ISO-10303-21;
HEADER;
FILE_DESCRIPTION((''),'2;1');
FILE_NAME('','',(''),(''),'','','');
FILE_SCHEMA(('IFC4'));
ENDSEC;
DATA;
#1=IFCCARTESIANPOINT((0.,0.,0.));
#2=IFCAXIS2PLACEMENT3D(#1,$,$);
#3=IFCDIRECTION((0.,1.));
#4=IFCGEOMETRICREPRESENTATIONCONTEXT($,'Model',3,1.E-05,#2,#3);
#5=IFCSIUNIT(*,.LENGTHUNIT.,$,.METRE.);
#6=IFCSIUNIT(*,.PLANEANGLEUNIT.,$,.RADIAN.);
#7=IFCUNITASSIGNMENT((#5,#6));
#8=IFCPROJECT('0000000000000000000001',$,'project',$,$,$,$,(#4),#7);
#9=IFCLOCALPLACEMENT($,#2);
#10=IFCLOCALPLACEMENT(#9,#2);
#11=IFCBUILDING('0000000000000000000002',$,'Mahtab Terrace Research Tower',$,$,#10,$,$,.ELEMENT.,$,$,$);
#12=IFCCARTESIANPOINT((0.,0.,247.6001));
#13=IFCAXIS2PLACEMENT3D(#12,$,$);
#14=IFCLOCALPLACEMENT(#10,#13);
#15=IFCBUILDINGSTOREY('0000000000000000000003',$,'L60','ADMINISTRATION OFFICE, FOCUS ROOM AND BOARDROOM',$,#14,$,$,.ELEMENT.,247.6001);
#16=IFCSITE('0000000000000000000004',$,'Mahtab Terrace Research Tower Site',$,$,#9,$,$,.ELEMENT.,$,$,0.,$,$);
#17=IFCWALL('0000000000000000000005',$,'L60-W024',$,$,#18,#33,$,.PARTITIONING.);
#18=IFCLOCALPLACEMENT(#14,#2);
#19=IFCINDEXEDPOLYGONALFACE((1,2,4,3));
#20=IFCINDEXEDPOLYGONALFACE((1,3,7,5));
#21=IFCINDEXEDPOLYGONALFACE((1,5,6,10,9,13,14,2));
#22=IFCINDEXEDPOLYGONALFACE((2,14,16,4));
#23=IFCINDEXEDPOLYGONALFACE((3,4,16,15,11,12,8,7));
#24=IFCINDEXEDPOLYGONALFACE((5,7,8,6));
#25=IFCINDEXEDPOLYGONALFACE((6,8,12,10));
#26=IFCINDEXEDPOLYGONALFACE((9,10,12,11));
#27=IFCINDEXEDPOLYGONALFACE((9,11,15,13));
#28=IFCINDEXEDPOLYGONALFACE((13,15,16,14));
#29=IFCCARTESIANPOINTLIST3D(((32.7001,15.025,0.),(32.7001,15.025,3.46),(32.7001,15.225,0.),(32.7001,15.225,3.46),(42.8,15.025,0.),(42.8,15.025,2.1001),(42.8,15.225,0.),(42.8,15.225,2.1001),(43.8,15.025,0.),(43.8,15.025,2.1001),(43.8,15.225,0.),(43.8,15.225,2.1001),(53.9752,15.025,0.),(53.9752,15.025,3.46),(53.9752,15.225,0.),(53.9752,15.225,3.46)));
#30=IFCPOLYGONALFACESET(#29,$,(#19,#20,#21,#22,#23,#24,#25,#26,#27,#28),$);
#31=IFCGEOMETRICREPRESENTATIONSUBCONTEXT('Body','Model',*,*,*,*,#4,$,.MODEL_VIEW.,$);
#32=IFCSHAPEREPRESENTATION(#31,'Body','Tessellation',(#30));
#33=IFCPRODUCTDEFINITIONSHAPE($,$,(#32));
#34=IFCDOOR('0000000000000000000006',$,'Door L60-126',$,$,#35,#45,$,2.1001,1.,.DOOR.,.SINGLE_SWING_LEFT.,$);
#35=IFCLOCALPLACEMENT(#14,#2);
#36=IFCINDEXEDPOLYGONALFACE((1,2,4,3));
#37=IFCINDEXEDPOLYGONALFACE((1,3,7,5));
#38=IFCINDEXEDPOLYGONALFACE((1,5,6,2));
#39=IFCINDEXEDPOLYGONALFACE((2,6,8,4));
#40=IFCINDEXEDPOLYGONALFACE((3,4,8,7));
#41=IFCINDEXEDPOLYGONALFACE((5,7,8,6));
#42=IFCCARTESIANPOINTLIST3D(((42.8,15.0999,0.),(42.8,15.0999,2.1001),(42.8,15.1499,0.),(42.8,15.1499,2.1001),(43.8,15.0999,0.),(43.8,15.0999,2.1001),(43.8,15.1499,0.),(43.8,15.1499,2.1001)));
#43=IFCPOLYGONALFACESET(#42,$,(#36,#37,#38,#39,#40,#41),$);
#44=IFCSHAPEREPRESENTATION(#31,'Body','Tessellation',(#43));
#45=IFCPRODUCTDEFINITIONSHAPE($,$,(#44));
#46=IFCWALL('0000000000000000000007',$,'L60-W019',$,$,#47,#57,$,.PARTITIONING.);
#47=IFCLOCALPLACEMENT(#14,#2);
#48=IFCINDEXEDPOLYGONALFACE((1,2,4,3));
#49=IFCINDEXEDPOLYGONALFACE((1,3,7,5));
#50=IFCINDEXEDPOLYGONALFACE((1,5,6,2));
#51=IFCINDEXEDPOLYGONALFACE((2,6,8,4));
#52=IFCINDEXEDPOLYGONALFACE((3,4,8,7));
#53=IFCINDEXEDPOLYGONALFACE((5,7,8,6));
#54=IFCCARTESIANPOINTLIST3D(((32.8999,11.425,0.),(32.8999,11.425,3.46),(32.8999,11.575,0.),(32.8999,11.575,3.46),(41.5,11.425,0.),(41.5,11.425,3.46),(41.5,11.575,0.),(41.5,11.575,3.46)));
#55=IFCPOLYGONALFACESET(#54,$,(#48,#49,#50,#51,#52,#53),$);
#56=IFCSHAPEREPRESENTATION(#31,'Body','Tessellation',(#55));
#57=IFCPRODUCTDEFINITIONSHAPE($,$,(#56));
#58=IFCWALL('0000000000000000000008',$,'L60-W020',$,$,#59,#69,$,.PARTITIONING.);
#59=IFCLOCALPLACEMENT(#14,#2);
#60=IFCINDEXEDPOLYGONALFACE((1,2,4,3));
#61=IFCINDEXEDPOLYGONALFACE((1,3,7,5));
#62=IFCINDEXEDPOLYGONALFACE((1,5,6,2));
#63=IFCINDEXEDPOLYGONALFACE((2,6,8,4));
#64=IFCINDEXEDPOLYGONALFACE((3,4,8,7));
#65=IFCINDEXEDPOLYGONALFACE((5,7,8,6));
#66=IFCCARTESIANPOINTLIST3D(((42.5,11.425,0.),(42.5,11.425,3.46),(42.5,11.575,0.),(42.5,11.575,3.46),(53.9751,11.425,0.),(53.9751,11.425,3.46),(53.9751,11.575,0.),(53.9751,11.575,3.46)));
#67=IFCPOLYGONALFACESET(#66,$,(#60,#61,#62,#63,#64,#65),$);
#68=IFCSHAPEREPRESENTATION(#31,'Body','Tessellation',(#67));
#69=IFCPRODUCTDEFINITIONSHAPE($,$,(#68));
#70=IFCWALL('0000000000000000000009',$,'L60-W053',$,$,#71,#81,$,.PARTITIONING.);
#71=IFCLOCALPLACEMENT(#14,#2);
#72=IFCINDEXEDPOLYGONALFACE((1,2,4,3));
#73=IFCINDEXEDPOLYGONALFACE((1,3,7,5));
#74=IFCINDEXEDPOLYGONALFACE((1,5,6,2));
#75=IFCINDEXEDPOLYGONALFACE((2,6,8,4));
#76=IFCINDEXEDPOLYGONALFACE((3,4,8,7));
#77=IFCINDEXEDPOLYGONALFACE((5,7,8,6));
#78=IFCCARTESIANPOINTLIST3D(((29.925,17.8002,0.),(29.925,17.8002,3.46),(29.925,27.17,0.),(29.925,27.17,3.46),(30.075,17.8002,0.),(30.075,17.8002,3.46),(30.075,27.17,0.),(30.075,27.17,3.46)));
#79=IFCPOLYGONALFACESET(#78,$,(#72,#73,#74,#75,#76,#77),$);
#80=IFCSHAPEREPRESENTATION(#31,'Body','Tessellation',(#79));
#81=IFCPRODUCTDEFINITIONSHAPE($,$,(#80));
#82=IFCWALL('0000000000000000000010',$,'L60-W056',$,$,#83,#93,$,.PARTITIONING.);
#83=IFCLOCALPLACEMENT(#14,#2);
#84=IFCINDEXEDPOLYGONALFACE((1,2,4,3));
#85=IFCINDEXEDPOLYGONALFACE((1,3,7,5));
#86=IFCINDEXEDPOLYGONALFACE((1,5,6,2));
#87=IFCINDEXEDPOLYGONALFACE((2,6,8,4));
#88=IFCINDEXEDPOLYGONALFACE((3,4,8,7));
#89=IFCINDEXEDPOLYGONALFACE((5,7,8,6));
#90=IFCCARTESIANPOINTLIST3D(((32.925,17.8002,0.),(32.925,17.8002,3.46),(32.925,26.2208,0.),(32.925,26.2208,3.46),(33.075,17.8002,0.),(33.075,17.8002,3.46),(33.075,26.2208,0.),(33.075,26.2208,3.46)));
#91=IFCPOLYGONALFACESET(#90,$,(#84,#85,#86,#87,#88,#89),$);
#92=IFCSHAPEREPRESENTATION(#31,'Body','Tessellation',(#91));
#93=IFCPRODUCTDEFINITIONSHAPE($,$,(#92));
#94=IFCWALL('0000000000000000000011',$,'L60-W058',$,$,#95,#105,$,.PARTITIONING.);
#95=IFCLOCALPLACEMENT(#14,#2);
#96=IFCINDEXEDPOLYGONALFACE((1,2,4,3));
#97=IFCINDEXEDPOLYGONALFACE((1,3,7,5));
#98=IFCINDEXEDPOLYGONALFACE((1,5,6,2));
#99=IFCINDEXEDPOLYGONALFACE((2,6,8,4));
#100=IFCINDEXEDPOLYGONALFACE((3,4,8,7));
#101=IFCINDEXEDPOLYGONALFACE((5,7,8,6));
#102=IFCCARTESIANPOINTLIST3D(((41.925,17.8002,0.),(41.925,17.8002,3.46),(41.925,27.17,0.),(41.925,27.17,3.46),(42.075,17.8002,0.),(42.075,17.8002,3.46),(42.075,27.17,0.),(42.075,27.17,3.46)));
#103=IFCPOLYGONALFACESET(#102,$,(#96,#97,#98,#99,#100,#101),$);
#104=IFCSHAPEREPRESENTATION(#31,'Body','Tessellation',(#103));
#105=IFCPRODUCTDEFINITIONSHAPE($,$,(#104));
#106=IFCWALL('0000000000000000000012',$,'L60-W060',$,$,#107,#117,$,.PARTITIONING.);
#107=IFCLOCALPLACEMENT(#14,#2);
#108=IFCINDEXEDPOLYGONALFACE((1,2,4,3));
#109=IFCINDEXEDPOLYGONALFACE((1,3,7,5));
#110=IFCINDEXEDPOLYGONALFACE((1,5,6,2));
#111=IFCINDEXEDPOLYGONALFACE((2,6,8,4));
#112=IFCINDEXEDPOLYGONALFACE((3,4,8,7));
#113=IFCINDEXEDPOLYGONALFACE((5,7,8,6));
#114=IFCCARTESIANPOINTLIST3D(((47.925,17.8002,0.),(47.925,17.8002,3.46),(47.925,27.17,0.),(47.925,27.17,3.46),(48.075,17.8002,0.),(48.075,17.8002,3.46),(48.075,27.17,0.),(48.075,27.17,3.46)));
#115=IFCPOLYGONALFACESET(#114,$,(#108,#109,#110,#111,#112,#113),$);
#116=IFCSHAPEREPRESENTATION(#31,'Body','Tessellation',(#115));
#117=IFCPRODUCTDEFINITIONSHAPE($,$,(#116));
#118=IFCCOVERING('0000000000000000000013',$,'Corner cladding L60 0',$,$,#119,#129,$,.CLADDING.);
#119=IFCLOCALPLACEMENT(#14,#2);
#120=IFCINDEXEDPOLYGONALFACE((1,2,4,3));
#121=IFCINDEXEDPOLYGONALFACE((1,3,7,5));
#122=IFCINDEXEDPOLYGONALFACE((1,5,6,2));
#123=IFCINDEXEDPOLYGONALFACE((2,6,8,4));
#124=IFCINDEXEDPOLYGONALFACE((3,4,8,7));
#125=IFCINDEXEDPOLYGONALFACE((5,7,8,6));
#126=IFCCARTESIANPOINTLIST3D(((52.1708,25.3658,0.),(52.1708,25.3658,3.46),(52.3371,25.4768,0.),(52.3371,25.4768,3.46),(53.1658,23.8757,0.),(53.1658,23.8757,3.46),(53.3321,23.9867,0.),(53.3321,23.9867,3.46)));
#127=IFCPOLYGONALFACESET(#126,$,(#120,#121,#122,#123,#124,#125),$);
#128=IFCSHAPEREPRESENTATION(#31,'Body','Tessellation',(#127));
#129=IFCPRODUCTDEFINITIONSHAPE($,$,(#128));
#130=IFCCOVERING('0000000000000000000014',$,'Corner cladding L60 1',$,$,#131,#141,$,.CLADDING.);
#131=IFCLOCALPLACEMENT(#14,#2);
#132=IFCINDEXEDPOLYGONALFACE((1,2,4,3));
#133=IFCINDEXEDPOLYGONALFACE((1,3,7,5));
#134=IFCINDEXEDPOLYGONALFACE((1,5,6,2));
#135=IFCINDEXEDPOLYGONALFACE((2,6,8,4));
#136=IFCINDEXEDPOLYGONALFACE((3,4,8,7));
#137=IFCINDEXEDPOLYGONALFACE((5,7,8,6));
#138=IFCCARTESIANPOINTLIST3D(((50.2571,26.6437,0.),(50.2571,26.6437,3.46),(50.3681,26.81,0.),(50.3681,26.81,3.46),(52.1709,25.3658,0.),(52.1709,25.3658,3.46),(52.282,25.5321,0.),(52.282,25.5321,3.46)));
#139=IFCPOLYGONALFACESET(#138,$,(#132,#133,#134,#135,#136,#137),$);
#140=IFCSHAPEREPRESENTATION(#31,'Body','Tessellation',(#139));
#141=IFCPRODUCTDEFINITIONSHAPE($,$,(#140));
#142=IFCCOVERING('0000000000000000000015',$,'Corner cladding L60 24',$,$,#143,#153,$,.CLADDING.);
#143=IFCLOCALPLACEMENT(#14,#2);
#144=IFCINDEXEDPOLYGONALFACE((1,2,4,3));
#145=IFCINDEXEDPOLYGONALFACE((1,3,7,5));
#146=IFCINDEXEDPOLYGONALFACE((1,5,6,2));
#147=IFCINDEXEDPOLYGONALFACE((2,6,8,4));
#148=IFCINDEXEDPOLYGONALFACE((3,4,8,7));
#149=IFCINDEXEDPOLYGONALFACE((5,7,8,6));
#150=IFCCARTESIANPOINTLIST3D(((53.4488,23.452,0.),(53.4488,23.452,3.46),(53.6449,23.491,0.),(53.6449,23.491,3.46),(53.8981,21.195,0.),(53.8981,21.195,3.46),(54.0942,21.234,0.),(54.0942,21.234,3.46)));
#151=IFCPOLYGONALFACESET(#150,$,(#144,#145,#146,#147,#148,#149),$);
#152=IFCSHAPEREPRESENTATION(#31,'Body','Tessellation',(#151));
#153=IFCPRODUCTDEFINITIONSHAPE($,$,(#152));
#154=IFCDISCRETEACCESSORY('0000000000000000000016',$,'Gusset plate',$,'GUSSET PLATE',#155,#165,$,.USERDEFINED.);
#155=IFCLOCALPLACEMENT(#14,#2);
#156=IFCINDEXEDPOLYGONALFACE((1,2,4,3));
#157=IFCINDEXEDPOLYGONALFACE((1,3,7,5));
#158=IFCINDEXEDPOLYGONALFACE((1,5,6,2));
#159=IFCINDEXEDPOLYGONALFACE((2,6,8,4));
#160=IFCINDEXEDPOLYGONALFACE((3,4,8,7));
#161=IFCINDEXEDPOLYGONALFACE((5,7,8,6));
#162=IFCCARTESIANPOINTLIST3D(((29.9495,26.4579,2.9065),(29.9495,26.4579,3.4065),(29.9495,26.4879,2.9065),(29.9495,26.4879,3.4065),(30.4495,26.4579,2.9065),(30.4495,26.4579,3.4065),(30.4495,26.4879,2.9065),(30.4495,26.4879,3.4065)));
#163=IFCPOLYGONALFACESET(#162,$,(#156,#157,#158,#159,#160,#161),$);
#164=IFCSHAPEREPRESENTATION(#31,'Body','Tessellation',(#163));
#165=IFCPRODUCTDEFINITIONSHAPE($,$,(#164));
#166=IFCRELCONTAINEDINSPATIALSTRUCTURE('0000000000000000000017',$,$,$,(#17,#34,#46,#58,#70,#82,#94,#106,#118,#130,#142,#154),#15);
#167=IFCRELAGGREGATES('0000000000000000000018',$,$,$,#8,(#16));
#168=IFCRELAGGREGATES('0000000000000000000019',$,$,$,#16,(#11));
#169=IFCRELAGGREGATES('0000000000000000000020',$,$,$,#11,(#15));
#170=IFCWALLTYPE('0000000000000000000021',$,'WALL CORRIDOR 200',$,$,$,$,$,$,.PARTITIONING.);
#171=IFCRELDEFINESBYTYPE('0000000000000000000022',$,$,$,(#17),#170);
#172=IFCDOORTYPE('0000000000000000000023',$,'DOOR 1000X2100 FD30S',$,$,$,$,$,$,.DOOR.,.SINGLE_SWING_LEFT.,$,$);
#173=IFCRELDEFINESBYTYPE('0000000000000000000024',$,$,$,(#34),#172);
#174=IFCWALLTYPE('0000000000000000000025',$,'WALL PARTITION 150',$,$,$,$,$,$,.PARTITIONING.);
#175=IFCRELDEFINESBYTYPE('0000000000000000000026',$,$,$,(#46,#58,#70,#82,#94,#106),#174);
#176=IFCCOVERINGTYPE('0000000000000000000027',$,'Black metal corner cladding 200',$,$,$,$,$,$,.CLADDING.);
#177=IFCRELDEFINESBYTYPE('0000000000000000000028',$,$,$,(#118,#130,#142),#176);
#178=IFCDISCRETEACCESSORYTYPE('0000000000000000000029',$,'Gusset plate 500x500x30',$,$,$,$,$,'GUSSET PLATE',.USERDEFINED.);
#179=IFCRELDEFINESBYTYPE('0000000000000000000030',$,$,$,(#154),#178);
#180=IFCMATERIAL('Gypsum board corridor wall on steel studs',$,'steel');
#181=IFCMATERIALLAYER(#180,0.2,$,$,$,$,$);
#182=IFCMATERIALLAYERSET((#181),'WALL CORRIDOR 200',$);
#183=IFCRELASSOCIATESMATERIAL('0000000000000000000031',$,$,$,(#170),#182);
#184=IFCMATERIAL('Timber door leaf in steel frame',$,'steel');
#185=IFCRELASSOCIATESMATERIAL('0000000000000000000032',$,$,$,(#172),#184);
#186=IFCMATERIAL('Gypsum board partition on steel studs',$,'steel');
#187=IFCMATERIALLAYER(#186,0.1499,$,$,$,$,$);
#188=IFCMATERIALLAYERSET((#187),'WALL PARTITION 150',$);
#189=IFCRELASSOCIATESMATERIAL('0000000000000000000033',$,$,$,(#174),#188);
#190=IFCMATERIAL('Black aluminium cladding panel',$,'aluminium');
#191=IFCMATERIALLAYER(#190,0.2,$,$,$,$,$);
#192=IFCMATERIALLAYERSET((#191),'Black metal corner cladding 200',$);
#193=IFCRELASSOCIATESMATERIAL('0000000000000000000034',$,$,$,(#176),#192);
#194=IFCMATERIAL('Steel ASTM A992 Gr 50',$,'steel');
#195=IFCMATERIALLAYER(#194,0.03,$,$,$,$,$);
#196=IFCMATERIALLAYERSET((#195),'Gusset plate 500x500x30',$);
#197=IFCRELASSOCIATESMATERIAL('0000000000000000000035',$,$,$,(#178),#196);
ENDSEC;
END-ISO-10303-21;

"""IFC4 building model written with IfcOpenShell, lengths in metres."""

from ifc_helpers import new_model, si_unit, direction, frame, frame_2d, origin, origin_2d, place, context, subcontext, project, spatial, rectangle, extrude, material, layer, layer_set, type_object, element, fill, save


model = new_model("IFC4")

# Units and contexts
model_context = context("Model", 3, precision=1e-05, world=origin(), true_north=direction((0.0, 1.0)))
body_context = subcontext(model_context, "Body", "Model", "MODEL_VIEW")
ifc_project = project(units=[si_unit("LENGTHUNIT", "METRE"), si_unit("PLANEANGLEUNIT", "RADIAN")], contexts=[model_context])

# Site, building, storey
site_placement = place(None, origin())
site = spatial("IfcSite", under=ifc_project, at=site_placement, Name="Mahtab Terrace Research Tower Site", CompositionType="ELEMENT", RefElevation=0.0)
building_placement = place(site_placement, origin())
building = spatial("IfcBuilding", under=site, at=building_placement, Name="Mahtab Terrace Research Tower", CompositionType="ELEMENT")
storey_placement = place(building_placement, frame((0.0, 0.0, 247.6001)))
storey = spatial("IfcBuildingStorey", under=building, at=storey_placement, Name="L60", Description="ADMINISTRATION OFFICE, FOCUS ROOM AND BOARDROOM", CompositionType="ELEMENT", Elevation=247.6001)

# Shared definitions
ifc_material_1 = material(Name="Steel ASTM A992 Gr 50", Category="steel")

# Wall, opening, door
ifc_material_2 = material(Name="Gypsum board corridor wall on steel studs", Category="steel")
ifc_layer_1 = layer(ifc_material_2, 0.2)
ifc_layer_set_1 = layer_set([ifc_layer_1], Name="WALL CORRIDOR 200")
wall_type_1 = type_object("IfcWallType", Name="WALL CORRIDOR 200", PredefinedType="PARTITIONING", material=ifc_layer_set_1)
wall_1_placement = place(storey_placement, frame((32.7, 15.125, 0.0), z_axis=(0.0, 0.0, 1.0), x_axis=(1.0, 0.0, 0.0)))
wall_1 = element("IfcWall", 1, at=wall_1_placement, inside=storey, type_object=wall_type_1, Name="L60-W024", PredefinedType="PARTITIONING", context=body_context, shape_type="SweptSolid", body=[
    extrude(rectangle(XDim=21.2751, YDim=0.2, at=frame_2d((10.6377, 0.0))), origin(), (0.0, 0.0, 1.0), 3.46),
])
opening_placement = place(wall_1_placement, frame((10.1001, 0.0, 0.0)))
opening = element("IfcOpeningElement", 2, at=opening_placement, cuts=wall_1, PredefinedType="OPENING", context=body_context, shape_type="SweptSolid", body=[
    extrude(rectangle(XDim=1.0, YDim=2.1001, at=frame_2d((0.5, 1.05))), frame((0.0, 0.1099, 0.0), z_axis=(0.0, -1.0, 0.0), x_axis=(1.0, 0.0, 0.0)), (0.0, 0.0, 1.0), 0.22),
])
ifc_material_3 = material(Name="Timber door leaf in steel frame", Category="steel")
door_type = type_object("IfcDoorType", Name="DOOR 1000X2100 FD30S", OperationType="SINGLE_SWING_LEFT", PredefinedType="DOOR", material=ifc_material_3)
door_placement = place(opening_placement, origin())
door = element("IfcDoor", 3, at=door_placement, inside=storey, type_object=door_type, Name="Door L60-126", OperationType="SINGLE_SWING_LEFT", OverallHeight=2.1001, OverallWidth=1.0, PredefinedType="DOOR", context=body_context, shape_type="SweptSolid", body=[
    extrude(rectangle(XDim=1.0, YDim=2.1001, at=frame_2d((0.5, 1.05))), frame((0.0, 0.0249, 0.0), z_axis=(0.0, -1.0, 0.0), x_axis=(1.0, 0.0, 0.0)), (0.0, 0.0, 1.0), 0.05),
])
fill(opening, door)

# Walls
ifc_material_4 = material(Name="Gypsum board partition on steel studs", Category="steel")
ifc_layer_2 = layer(ifc_material_4, 0.1499)
ifc_layer_set_2 = layer_set([ifc_layer_2], Name="WALL PARTITION 150")
wall_type_2 = type_object("IfcWallType", Name="WALL PARTITION 150", PredefinedType="PARTITIONING", material=ifc_layer_set_2)
wall_2_placement = place(storey_placement, frame((32.8999, 11.5, 0.0), z_axis=(0.0, 0.0, 1.0), x_axis=(1.0, 0.0, 0.0)))
element("IfcWall", 4, at=wall_2_placement, inside=storey, type_object=wall_type_2, Name="L60-W019", PredefinedType="PARTITIONING", context=body_context, shape_type="SweptSolid", body=[
    extrude(rectangle(XDim=8.6001, YDim=0.1499, at=frame_2d((4.3, 0.0))), origin(), (0.0, 0.0, 1.0), 3.46),
])
wall_3_placement = place(storey_placement, frame((42.5, 11.5, 0.0), z_axis=(0.0, 0.0, 1.0), x_axis=(1.0, 0.0, 0.0)))
element("IfcWall", 5, at=wall_3_placement, inside=storey, type_object=wall_type_2, Name="L60-W020", PredefinedType="PARTITIONING", context=body_context, shape_type="SweptSolid", body=[
    extrude(rectangle(XDim=11.4751, YDim=0.1499, at=frame_2d((5.7375, 0.0))), origin(), (0.0, 0.0, 1.0), 3.46),
])
wall_4_placement = place(storey_placement, frame((30.0, 17.8, 0.0), z_axis=(0.0, 0.0, 1.0), x_axis=(0.0, 1.0, 0.0)))
element("IfcWall", 6, at=wall_4_placement, inside=storey, type_object=wall_type_2, Name="L60-W053", PredefinedType="PARTITIONING", context=body_context, shape_type="SweptSolid", body=[
    extrude(rectangle(XDim=9.3699, YDim=0.1499, at=frame_2d((4.6851, 0.0))), origin(), (0.0, 0.0, 1.0), 3.46),
])
wall_5_placement = place(storey_placement, frame((33.0, 17.8, 0.0), z_axis=(0.0, 0.0, 1.0), x_axis=(0.0, 1.0, 0.0)))
element("IfcWall", 7, at=wall_5_placement, inside=storey, type_object=wall_type_2, Name="L60-W056", PredefinedType="PARTITIONING", context=body_context, shape_type="SweptSolid", body=[
    extrude(rectangle(XDim=8.4207, YDim=0.1499, at=frame_2d((4.2104, 0.0))), origin(), (0.0, 0.0, 1.0), 3.46),
])
for number, where, z_axis, x_axis, name in (
    (8, (42.0, 17.8, 0.0), (0.0, 0.0, 1.0), (0.0, 1.0, 0.0), "L60-W058"),
    (9, (48.0, 17.8, 0.0), (0.0, 0.0, 1.0), (0.0, 1.0, 0.0), "L60-W060"),
):
    element("IfcWall", number, at=place(storey_placement, frame(where, z_axis=z_axis, x_axis=x_axis)), inside=storey, type_object=wall_type_2, Name=name, PredefinedType="PARTITIONING", context=body_context, shape_type="SweptSolid", body=[
        extrude(rectangle(XDim=9.3699, YDim=0.1499, at=frame_2d((4.6851, 0.0))), origin(), (0.0, 0.0, 1.0), 3.46),
    ])

# Coverings
ifc_material_5 = material(Name="Black aluminium cladding panel", Category="aluminium")
ifc_layer_3 = layer(ifc_material_5, 0.2)
ifc_layer_set_3 = layer_set([ifc_layer_3], Name="Black metal corner cladding 200")
covering_type = type_object("IfcCoveringType", Name="Black metal corner cladding 200", PredefinedType="CLADDING", material=ifc_layer_set_3)
covering_placement = place(storey_placement, frame((52.7515, 24.6763, 0.0), z_axis=(0.0, 0.0, 1.0), x_axis=(-0.555291, 0.831656, 0.0)))
element("IfcCovering", 10, at=covering_placement, inside=storey, type_object=covering_type, Name="Corner cladding L60 0", PredefinedType="CLADDING", context=body_context, shape_type="SweptSolid", body=[
    extrude(rectangle(XDim=1.7917, YDim=0.2, at=origin_2d()), origin(), (0.0, 0.0, 1.0), 3.46),
])
for number, where, z_axis, x_axis, name in (
    (11, (51.2695, 26.0879, 0.0), (0.0, 0.0, 1.0), (-0.831656, 0.555291, 0.0), "Corner cladding L60 1"),
    (12, (53.7715, 22.343, 0.0), (0.0, 0.0, 1.0), (-0.195212, 0.980761, 0.0), "Corner cladding L60 24"),
):
    element("IfcCovering", number, at=place(storey_placement, frame(where, z_axis=z_axis, x_axis=x_axis)), inside=storey, type_object=covering_type, Name=name, PredefinedType="CLADDING", context=body_context, shape_type="SweptSolid", body=[
        extrude(rectangle(XDim=2.3013, YDim=0.2, at=origin_2d()), origin(), (0.0, 0.0, 1.0), 3.46),
    ])

# Discrete accessory
ifc_layer_4 = layer(ifc_material_1, 0.03)
ifc_layer_set_4 = layer_set([ifc_layer_4], Name="Gusset plate 500x500x30")
discrete_accessory_type = type_object("IfcDiscreteAccessoryType", Name="Gusset plate 500x500x30", ElementType="GUSSET PLATE", PredefinedType="USERDEFINED", material=ifc_layer_set_4)
discrete_accessory_placement = place(storey_placement, frame((30.1995, 26.4729, 2.9065), z_axis=(0.0, 0.0, 1.0), x_axis=(1.0, 0.0, 0.0)))
element("IfcDiscreteAccessory", 13, at=discrete_accessory_placement, inside=storey, type_object=discrete_accessory_type, Name="Gusset plate", ObjectType="GUSSET PLATE", PredefinedType="USERDEFINED", context=body_context, shape_type="SweptSolid", body=[
    extrude(rectangle(XDim=0.5, YDim=0.03, at=origin_2d()), origin(), (0.0, 0.0, 1.0), 0.5),
])

save(model, "model.ifc")
